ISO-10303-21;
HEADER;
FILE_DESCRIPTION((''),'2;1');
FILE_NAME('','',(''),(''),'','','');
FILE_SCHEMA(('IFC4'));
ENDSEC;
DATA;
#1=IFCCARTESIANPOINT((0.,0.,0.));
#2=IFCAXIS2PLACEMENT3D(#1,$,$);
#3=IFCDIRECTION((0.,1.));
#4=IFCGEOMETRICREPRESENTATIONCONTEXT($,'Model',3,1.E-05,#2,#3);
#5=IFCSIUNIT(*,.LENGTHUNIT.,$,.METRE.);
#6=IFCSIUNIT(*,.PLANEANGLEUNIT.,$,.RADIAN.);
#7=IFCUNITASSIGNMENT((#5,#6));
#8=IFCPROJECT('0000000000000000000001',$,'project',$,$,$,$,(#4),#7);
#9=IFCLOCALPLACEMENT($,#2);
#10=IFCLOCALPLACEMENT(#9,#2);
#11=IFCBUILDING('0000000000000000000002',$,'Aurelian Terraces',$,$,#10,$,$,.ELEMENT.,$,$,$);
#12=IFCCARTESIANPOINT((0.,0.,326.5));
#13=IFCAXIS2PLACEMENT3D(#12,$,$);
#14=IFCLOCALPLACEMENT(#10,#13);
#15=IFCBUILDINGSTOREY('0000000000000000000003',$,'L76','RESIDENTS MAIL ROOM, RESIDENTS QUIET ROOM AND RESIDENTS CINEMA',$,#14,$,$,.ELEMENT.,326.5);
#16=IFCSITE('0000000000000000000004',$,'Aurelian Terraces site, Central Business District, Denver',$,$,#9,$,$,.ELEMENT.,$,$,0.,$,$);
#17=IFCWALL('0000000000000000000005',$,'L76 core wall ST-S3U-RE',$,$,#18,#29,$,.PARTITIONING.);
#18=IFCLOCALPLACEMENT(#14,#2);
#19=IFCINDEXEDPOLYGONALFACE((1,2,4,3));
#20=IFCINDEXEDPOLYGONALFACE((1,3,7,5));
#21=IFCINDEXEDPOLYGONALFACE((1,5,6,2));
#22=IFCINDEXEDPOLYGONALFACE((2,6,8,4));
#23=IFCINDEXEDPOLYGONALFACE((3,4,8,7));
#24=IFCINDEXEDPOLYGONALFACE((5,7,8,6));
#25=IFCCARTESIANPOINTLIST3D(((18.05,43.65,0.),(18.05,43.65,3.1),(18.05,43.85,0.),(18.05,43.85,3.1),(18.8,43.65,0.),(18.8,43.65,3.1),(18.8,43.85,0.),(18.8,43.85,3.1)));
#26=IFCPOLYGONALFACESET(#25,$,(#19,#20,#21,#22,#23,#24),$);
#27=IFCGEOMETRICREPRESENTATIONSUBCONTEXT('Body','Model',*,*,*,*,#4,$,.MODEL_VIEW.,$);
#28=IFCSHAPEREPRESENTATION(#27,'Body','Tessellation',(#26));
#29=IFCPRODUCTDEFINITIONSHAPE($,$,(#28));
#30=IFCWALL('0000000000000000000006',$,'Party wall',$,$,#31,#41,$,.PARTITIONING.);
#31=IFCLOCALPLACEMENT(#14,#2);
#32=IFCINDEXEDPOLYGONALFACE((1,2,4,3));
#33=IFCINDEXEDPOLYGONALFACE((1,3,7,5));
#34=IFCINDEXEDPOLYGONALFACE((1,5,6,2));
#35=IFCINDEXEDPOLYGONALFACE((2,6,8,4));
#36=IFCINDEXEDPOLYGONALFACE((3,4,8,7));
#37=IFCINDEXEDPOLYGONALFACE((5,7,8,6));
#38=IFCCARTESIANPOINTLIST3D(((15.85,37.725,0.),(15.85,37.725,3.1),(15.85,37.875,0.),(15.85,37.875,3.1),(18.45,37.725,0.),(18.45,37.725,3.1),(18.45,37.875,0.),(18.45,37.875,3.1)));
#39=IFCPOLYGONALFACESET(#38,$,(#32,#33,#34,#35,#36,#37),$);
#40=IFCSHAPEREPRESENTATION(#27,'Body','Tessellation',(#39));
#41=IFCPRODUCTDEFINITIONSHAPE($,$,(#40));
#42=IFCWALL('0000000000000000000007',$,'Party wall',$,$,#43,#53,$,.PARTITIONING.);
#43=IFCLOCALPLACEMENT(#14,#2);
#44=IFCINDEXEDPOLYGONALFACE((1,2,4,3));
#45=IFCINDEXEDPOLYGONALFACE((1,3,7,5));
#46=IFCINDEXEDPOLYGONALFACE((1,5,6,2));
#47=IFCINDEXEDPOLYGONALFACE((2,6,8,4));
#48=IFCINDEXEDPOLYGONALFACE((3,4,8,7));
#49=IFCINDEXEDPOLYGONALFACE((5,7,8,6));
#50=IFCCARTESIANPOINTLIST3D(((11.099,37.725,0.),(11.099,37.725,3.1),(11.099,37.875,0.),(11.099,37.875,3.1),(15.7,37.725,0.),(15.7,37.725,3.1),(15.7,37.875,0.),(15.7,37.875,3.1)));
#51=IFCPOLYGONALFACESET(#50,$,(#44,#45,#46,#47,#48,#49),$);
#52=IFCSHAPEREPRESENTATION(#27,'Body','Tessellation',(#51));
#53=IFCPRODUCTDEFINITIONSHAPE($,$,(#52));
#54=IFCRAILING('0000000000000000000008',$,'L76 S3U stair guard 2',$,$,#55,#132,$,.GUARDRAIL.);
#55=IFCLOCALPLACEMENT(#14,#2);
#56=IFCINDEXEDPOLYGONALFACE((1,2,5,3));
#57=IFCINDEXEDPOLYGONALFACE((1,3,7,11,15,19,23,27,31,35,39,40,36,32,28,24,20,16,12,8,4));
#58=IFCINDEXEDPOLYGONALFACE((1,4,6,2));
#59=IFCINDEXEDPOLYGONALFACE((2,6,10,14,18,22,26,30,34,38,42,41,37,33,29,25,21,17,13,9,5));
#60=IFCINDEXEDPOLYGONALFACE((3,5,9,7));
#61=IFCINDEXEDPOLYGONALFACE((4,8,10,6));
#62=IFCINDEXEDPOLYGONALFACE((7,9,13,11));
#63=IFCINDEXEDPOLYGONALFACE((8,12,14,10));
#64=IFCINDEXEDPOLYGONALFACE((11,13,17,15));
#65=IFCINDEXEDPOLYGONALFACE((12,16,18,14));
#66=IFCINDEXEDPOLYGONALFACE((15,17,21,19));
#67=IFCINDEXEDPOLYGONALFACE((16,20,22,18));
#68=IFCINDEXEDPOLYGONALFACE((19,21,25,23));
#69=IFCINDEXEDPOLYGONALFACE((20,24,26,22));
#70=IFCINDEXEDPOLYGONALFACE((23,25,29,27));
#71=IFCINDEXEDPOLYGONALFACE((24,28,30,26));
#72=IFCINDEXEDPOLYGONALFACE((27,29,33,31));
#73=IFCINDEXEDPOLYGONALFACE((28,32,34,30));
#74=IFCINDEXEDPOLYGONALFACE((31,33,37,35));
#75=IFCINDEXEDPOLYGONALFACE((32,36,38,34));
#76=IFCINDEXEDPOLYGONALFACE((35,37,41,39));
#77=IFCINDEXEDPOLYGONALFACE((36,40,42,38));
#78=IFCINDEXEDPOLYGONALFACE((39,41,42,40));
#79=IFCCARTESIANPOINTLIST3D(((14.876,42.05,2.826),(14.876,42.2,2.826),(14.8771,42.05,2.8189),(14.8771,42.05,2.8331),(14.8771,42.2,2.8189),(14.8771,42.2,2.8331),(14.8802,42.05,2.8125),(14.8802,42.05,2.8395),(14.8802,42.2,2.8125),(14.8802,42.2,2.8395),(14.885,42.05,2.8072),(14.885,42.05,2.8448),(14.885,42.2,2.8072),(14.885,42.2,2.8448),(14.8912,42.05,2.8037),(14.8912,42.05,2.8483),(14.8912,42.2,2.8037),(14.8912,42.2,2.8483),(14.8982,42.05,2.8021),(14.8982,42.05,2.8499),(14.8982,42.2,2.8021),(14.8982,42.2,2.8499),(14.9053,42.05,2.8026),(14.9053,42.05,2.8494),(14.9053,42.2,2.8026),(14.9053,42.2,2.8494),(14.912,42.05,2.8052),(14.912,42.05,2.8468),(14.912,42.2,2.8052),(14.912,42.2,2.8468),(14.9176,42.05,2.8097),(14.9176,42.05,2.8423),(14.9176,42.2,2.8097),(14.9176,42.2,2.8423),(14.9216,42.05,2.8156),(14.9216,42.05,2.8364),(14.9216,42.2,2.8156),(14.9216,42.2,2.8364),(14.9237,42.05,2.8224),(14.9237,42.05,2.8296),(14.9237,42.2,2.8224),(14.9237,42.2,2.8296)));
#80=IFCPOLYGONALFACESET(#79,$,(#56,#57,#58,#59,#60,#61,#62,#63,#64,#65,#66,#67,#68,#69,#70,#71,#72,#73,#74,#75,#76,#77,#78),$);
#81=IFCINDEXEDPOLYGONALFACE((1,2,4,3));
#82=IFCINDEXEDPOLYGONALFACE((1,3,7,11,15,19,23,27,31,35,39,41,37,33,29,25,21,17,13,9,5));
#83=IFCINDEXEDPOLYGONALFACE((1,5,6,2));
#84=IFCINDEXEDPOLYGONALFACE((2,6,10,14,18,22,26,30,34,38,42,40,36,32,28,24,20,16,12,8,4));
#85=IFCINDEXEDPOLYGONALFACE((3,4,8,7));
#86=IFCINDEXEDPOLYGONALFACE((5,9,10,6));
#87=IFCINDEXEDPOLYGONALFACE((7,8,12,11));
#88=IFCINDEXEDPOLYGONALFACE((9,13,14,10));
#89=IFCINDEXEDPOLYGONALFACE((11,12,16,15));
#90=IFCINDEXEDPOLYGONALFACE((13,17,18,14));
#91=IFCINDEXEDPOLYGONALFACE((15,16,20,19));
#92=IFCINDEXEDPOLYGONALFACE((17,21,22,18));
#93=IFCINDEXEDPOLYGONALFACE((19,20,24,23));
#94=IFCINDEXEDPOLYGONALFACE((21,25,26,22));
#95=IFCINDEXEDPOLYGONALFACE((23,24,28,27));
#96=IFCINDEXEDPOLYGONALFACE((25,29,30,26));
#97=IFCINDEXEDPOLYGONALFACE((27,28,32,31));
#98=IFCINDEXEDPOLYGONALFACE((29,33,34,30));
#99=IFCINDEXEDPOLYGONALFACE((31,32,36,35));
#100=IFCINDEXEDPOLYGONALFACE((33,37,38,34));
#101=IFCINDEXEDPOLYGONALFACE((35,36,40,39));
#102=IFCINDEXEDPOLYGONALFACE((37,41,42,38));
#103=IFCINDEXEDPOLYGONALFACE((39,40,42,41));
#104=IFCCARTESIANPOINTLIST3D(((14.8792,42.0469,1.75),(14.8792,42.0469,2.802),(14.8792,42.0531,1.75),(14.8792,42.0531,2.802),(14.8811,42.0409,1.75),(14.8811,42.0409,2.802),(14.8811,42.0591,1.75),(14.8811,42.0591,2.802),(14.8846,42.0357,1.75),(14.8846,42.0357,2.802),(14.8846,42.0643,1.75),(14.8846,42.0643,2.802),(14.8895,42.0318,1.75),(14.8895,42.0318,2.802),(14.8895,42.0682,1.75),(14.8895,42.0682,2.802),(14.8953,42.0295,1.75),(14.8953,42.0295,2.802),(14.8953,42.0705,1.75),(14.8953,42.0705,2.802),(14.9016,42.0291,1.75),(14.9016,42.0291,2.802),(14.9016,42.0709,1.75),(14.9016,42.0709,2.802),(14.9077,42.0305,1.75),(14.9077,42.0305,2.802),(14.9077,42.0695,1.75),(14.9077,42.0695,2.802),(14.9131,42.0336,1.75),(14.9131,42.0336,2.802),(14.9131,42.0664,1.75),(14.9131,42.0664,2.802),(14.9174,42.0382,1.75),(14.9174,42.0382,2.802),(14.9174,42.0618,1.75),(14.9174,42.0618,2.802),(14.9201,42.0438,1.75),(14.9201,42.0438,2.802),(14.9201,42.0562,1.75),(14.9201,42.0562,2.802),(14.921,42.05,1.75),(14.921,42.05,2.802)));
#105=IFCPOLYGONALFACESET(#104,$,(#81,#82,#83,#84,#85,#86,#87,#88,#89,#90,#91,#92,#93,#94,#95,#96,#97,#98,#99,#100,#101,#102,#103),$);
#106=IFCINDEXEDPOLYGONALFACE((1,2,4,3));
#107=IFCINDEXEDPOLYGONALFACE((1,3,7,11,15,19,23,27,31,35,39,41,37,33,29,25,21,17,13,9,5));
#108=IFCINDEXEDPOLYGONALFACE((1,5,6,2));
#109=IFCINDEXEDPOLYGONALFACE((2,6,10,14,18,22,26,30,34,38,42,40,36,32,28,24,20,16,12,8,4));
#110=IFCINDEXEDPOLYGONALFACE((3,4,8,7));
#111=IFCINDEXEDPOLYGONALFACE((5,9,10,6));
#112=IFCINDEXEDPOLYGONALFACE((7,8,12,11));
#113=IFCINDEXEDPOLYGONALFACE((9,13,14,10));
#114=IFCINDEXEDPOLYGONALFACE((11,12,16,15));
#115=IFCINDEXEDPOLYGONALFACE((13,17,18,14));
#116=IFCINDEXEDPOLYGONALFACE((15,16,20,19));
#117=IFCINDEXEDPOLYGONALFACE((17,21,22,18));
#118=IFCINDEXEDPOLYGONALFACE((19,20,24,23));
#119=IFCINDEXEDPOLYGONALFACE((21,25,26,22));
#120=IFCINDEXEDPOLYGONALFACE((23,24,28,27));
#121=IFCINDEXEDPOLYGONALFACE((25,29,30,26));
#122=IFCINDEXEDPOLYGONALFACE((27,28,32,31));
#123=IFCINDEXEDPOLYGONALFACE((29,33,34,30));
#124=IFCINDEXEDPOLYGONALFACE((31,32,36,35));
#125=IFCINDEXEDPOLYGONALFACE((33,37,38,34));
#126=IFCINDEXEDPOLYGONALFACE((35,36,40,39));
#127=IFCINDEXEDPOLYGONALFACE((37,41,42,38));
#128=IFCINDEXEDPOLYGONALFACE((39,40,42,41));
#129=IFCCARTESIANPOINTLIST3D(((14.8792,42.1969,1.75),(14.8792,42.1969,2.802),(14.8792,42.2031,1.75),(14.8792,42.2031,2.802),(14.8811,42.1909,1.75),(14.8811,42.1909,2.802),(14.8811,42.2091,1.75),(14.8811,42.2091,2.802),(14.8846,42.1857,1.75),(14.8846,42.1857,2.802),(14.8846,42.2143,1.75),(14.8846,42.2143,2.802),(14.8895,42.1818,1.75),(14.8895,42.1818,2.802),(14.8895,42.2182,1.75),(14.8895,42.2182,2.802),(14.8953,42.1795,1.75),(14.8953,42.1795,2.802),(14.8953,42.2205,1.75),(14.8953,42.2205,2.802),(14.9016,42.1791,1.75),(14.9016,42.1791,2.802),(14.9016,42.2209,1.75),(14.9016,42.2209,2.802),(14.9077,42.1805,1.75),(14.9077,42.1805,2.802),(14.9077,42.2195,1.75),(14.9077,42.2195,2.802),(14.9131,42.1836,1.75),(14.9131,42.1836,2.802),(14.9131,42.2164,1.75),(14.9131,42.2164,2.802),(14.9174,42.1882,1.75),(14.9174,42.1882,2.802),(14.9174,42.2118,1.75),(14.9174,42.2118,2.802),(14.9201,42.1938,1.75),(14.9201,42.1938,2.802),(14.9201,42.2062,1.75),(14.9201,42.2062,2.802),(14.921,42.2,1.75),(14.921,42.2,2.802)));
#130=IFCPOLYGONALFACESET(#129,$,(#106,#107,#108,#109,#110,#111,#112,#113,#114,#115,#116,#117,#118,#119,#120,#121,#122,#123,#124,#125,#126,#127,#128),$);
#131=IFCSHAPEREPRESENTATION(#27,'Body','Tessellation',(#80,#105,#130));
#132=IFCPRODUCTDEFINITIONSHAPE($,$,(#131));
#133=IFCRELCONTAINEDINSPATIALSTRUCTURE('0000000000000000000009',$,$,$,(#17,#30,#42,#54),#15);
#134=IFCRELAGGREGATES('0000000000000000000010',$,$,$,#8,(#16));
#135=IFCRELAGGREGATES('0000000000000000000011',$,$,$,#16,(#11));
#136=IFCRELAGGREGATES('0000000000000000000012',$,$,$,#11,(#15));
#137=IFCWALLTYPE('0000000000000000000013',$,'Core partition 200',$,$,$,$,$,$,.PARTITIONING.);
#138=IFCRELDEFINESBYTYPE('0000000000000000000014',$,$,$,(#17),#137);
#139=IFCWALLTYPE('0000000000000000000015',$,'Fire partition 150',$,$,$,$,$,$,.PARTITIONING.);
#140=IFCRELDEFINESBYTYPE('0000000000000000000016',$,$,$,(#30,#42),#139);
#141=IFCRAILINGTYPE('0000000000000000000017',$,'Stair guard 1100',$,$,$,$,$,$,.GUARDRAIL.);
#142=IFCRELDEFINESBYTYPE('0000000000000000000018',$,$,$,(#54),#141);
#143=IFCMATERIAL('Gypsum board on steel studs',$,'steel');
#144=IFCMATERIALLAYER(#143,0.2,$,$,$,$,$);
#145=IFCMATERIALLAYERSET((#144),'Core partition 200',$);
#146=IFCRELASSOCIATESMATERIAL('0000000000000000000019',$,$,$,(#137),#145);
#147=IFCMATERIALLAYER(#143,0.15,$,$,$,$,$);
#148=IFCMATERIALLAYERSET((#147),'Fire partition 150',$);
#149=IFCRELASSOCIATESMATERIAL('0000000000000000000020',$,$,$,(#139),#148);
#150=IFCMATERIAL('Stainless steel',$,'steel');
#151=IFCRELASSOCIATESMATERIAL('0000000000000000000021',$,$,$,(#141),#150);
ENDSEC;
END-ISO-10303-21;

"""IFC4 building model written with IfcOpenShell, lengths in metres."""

from ifc_helpers import new_model, si_unit, direction, frame, frame_2d, origin, origin_2d, place, context, subcontext, project, spatial, rectangle, circle, extrude, source, transform, mapped, material, layer, layer_set, type_object, element, save


model = new_model("IFC4")

# Units and contexts
model_context = context("Model", 3, precision=1e-05, world=origin(), true_north=direction((0.0, 1.0)))
body_context = subcontext(model_context, "Body", "Model", "MODEL_VIEW")
ifc_project = project(units=[si_unit("LENGTHUNIT", "METRE"), si_unit("PLANEANGLEUNIT", "RADIAN")], contexts=[model_context])

# Site, building, storey
site_placement = place(None, origin())
site = spatial("IfcSite", under=ifc_project, at=site_placement, Name="Aurelian Terraces site, Central Business District, Denver", CompositionType="ELEMENT", RefElevation=0.0)
building_placement = place(site_placement, origin())
building = spatial("IfcBuilding", under=site, at=building_placement, Name="Aurelian Terraces", CompositionType="ELEMENT")
storey_placement = place(building_placement, frame((0.0, 0.0, 326.5)))
storey = spatial("IfcBuildingStorey", under=building, at=storey_placement, Name="L76", Description="RESIDENTS MAIL ROOM, RESIDENTS QUIET ROOM AND RESIDENTS CINEMA", CompositionType="ELEMENT", Elevation=326.5)

# Shared definitions
ifc_material_1 = material(Name="Gypsum board on steel studs", Category="steel")
ifc_layer_1 = layer(ifc_material_1, 0.2)
ifc_layer_set_1 = layer_set([ifc_layer_1], Name="Core partition 200")
wall_type_1 = type_object("IfcWallType", Name="Core partition 200", PredefinedType="PARTITIONING", material=ifc_layer_set_1)

# Walls
shared_shape_1 = source(origin(), body_context, "Body", "SweptSolid", [
    extrude(rectangle(XDim=0.75, YDim=0.2, at=frame_2d((0.375, 0.0))), origin(), (0.0, 0.0, 1.0), 3.1),
])
wall_1_placement = place(storey_placement, frame((18.05, 43.75, 0.0), z_axis=(0.0, 0.0, 1.0), x_axis=(1.0, 0.0, 0.0)))
element("IfcWall", 1, at=wall_1_placement, inside=storey, type_object=wall_type_1, Name="L76 core wall ST-S3U-RE", PredefinedType="PARTITIONING", context=body_context, shape_type="MappedRepresentation", body=[
    mapped(shared_shape_1, transform((0.0, 0.0, 0.0), scale=1.0)),
])
ifc_layer_2 = layer(ifc_material_1, 0.15)
ifc_layer_set_2 = layer_set([ifc_layer_2], Name="Fire partition 150")
wall_type_2 = type_object("IfcWallType", Name="Fire partition 150", PredefinedType="PARTITIONING", material=ifc_layer_set_2)
shared_shape_2 = source(origin(), body_context, "Body", "SweptSolid", [
    extrude(rectangle(XDim=2.6, YDim=0.15, at=frame_2d((1.3, 0.0))), origin(), (0.0, 0.0, 1.0), 3.1),
])
wall_2_placement = place(storey_placement, frame((18.45, 37.8, 0.0), z_axis=(0.0, 0.0, 1.0), x_axis=(-1.0, 0.0, 0.0)))
element("IfcWall", 2, at=wall_2_placement, inside=storey, type_object=wall_type_2, Name="Party wall", PredefinedType="PARTITIONING", context=body_context, shape_type="MappedRepresentation", body=[
    mapped(shared_shape_2, transform((0.0, 0.0, 0.0), scale=1.0)),
])
shared_shape_3 = source(origin(), body_context, "Body", "SweptSolid", [
    extrude(rectangle(XDim=4.601, YDim=0.15, at=frame_2d((2.3005, 0.0))), origin(), (0.0, 0.0, 1.0), 3.1),
])
wall_3_placement = place(storey_placement, frame((15.7, 37.8, 0.0), z_axis=(0.0, 0.0, 1.0), x_axis=(-1.0, 0.0, 0.0)))
element("IfcWall", 3, at=wall_3_placement, inside=storey, type_object=wall_type_2, Name="Party wall", PredefinedType="PARTITIONING", context=body_context, shape_type="MappedRepresentation", body=[
    mapped(shared_shape_3, transform((0.0, 0.0, 0.0), scale=1.0)),
])

# Railing
ifc_material_2 = material(Name="Stainless steel", Category="steel")
railing_type_1 = type_object("IfcRailingType", Name="Stair guard 1100", PredefinedType="GUARDRAIL", material=ifc_material_2)
shared_shape_4 = source(origin(), body_context, "Body", "SweptSolid", [
    extrude(circle(Radius=0.024, at=origin_2d()), frame((0.0, 0.0, 1.076), z_axis=(0.0, 1.0, 0.0), x_axis=(-1.0, 0.0, 0.0)), (0.0, 0.0, 1.0), 0.15),
    extrude(circle(Radius=0.021, at=origin_2d()), origin(), (0.0, 0.0, 1.0), 1.052),
    extrude(circle(Radius=0.021, at=origin_2d()), frame((0.0, 0.15, 0.0)), (0.0, 0.0, 1.0), 1.052),
])
railing_1_placement = place(storey_placement, frame((14.9, 42.05, 1.75)))
element("IfcRailing", 4, at=railing_1_placement, inside=storey, type_object=railing_type_1, Name="L76 S3U stair guard 2", PredefinedType="GUARDRAIL", context=body_context, shape_type="MappedRepresentation", body=[
    mapped(shared_shape_4, transform((0.0, 0.0, 0.0), scale=1.0)),
])

save(model, "model.ifc")
